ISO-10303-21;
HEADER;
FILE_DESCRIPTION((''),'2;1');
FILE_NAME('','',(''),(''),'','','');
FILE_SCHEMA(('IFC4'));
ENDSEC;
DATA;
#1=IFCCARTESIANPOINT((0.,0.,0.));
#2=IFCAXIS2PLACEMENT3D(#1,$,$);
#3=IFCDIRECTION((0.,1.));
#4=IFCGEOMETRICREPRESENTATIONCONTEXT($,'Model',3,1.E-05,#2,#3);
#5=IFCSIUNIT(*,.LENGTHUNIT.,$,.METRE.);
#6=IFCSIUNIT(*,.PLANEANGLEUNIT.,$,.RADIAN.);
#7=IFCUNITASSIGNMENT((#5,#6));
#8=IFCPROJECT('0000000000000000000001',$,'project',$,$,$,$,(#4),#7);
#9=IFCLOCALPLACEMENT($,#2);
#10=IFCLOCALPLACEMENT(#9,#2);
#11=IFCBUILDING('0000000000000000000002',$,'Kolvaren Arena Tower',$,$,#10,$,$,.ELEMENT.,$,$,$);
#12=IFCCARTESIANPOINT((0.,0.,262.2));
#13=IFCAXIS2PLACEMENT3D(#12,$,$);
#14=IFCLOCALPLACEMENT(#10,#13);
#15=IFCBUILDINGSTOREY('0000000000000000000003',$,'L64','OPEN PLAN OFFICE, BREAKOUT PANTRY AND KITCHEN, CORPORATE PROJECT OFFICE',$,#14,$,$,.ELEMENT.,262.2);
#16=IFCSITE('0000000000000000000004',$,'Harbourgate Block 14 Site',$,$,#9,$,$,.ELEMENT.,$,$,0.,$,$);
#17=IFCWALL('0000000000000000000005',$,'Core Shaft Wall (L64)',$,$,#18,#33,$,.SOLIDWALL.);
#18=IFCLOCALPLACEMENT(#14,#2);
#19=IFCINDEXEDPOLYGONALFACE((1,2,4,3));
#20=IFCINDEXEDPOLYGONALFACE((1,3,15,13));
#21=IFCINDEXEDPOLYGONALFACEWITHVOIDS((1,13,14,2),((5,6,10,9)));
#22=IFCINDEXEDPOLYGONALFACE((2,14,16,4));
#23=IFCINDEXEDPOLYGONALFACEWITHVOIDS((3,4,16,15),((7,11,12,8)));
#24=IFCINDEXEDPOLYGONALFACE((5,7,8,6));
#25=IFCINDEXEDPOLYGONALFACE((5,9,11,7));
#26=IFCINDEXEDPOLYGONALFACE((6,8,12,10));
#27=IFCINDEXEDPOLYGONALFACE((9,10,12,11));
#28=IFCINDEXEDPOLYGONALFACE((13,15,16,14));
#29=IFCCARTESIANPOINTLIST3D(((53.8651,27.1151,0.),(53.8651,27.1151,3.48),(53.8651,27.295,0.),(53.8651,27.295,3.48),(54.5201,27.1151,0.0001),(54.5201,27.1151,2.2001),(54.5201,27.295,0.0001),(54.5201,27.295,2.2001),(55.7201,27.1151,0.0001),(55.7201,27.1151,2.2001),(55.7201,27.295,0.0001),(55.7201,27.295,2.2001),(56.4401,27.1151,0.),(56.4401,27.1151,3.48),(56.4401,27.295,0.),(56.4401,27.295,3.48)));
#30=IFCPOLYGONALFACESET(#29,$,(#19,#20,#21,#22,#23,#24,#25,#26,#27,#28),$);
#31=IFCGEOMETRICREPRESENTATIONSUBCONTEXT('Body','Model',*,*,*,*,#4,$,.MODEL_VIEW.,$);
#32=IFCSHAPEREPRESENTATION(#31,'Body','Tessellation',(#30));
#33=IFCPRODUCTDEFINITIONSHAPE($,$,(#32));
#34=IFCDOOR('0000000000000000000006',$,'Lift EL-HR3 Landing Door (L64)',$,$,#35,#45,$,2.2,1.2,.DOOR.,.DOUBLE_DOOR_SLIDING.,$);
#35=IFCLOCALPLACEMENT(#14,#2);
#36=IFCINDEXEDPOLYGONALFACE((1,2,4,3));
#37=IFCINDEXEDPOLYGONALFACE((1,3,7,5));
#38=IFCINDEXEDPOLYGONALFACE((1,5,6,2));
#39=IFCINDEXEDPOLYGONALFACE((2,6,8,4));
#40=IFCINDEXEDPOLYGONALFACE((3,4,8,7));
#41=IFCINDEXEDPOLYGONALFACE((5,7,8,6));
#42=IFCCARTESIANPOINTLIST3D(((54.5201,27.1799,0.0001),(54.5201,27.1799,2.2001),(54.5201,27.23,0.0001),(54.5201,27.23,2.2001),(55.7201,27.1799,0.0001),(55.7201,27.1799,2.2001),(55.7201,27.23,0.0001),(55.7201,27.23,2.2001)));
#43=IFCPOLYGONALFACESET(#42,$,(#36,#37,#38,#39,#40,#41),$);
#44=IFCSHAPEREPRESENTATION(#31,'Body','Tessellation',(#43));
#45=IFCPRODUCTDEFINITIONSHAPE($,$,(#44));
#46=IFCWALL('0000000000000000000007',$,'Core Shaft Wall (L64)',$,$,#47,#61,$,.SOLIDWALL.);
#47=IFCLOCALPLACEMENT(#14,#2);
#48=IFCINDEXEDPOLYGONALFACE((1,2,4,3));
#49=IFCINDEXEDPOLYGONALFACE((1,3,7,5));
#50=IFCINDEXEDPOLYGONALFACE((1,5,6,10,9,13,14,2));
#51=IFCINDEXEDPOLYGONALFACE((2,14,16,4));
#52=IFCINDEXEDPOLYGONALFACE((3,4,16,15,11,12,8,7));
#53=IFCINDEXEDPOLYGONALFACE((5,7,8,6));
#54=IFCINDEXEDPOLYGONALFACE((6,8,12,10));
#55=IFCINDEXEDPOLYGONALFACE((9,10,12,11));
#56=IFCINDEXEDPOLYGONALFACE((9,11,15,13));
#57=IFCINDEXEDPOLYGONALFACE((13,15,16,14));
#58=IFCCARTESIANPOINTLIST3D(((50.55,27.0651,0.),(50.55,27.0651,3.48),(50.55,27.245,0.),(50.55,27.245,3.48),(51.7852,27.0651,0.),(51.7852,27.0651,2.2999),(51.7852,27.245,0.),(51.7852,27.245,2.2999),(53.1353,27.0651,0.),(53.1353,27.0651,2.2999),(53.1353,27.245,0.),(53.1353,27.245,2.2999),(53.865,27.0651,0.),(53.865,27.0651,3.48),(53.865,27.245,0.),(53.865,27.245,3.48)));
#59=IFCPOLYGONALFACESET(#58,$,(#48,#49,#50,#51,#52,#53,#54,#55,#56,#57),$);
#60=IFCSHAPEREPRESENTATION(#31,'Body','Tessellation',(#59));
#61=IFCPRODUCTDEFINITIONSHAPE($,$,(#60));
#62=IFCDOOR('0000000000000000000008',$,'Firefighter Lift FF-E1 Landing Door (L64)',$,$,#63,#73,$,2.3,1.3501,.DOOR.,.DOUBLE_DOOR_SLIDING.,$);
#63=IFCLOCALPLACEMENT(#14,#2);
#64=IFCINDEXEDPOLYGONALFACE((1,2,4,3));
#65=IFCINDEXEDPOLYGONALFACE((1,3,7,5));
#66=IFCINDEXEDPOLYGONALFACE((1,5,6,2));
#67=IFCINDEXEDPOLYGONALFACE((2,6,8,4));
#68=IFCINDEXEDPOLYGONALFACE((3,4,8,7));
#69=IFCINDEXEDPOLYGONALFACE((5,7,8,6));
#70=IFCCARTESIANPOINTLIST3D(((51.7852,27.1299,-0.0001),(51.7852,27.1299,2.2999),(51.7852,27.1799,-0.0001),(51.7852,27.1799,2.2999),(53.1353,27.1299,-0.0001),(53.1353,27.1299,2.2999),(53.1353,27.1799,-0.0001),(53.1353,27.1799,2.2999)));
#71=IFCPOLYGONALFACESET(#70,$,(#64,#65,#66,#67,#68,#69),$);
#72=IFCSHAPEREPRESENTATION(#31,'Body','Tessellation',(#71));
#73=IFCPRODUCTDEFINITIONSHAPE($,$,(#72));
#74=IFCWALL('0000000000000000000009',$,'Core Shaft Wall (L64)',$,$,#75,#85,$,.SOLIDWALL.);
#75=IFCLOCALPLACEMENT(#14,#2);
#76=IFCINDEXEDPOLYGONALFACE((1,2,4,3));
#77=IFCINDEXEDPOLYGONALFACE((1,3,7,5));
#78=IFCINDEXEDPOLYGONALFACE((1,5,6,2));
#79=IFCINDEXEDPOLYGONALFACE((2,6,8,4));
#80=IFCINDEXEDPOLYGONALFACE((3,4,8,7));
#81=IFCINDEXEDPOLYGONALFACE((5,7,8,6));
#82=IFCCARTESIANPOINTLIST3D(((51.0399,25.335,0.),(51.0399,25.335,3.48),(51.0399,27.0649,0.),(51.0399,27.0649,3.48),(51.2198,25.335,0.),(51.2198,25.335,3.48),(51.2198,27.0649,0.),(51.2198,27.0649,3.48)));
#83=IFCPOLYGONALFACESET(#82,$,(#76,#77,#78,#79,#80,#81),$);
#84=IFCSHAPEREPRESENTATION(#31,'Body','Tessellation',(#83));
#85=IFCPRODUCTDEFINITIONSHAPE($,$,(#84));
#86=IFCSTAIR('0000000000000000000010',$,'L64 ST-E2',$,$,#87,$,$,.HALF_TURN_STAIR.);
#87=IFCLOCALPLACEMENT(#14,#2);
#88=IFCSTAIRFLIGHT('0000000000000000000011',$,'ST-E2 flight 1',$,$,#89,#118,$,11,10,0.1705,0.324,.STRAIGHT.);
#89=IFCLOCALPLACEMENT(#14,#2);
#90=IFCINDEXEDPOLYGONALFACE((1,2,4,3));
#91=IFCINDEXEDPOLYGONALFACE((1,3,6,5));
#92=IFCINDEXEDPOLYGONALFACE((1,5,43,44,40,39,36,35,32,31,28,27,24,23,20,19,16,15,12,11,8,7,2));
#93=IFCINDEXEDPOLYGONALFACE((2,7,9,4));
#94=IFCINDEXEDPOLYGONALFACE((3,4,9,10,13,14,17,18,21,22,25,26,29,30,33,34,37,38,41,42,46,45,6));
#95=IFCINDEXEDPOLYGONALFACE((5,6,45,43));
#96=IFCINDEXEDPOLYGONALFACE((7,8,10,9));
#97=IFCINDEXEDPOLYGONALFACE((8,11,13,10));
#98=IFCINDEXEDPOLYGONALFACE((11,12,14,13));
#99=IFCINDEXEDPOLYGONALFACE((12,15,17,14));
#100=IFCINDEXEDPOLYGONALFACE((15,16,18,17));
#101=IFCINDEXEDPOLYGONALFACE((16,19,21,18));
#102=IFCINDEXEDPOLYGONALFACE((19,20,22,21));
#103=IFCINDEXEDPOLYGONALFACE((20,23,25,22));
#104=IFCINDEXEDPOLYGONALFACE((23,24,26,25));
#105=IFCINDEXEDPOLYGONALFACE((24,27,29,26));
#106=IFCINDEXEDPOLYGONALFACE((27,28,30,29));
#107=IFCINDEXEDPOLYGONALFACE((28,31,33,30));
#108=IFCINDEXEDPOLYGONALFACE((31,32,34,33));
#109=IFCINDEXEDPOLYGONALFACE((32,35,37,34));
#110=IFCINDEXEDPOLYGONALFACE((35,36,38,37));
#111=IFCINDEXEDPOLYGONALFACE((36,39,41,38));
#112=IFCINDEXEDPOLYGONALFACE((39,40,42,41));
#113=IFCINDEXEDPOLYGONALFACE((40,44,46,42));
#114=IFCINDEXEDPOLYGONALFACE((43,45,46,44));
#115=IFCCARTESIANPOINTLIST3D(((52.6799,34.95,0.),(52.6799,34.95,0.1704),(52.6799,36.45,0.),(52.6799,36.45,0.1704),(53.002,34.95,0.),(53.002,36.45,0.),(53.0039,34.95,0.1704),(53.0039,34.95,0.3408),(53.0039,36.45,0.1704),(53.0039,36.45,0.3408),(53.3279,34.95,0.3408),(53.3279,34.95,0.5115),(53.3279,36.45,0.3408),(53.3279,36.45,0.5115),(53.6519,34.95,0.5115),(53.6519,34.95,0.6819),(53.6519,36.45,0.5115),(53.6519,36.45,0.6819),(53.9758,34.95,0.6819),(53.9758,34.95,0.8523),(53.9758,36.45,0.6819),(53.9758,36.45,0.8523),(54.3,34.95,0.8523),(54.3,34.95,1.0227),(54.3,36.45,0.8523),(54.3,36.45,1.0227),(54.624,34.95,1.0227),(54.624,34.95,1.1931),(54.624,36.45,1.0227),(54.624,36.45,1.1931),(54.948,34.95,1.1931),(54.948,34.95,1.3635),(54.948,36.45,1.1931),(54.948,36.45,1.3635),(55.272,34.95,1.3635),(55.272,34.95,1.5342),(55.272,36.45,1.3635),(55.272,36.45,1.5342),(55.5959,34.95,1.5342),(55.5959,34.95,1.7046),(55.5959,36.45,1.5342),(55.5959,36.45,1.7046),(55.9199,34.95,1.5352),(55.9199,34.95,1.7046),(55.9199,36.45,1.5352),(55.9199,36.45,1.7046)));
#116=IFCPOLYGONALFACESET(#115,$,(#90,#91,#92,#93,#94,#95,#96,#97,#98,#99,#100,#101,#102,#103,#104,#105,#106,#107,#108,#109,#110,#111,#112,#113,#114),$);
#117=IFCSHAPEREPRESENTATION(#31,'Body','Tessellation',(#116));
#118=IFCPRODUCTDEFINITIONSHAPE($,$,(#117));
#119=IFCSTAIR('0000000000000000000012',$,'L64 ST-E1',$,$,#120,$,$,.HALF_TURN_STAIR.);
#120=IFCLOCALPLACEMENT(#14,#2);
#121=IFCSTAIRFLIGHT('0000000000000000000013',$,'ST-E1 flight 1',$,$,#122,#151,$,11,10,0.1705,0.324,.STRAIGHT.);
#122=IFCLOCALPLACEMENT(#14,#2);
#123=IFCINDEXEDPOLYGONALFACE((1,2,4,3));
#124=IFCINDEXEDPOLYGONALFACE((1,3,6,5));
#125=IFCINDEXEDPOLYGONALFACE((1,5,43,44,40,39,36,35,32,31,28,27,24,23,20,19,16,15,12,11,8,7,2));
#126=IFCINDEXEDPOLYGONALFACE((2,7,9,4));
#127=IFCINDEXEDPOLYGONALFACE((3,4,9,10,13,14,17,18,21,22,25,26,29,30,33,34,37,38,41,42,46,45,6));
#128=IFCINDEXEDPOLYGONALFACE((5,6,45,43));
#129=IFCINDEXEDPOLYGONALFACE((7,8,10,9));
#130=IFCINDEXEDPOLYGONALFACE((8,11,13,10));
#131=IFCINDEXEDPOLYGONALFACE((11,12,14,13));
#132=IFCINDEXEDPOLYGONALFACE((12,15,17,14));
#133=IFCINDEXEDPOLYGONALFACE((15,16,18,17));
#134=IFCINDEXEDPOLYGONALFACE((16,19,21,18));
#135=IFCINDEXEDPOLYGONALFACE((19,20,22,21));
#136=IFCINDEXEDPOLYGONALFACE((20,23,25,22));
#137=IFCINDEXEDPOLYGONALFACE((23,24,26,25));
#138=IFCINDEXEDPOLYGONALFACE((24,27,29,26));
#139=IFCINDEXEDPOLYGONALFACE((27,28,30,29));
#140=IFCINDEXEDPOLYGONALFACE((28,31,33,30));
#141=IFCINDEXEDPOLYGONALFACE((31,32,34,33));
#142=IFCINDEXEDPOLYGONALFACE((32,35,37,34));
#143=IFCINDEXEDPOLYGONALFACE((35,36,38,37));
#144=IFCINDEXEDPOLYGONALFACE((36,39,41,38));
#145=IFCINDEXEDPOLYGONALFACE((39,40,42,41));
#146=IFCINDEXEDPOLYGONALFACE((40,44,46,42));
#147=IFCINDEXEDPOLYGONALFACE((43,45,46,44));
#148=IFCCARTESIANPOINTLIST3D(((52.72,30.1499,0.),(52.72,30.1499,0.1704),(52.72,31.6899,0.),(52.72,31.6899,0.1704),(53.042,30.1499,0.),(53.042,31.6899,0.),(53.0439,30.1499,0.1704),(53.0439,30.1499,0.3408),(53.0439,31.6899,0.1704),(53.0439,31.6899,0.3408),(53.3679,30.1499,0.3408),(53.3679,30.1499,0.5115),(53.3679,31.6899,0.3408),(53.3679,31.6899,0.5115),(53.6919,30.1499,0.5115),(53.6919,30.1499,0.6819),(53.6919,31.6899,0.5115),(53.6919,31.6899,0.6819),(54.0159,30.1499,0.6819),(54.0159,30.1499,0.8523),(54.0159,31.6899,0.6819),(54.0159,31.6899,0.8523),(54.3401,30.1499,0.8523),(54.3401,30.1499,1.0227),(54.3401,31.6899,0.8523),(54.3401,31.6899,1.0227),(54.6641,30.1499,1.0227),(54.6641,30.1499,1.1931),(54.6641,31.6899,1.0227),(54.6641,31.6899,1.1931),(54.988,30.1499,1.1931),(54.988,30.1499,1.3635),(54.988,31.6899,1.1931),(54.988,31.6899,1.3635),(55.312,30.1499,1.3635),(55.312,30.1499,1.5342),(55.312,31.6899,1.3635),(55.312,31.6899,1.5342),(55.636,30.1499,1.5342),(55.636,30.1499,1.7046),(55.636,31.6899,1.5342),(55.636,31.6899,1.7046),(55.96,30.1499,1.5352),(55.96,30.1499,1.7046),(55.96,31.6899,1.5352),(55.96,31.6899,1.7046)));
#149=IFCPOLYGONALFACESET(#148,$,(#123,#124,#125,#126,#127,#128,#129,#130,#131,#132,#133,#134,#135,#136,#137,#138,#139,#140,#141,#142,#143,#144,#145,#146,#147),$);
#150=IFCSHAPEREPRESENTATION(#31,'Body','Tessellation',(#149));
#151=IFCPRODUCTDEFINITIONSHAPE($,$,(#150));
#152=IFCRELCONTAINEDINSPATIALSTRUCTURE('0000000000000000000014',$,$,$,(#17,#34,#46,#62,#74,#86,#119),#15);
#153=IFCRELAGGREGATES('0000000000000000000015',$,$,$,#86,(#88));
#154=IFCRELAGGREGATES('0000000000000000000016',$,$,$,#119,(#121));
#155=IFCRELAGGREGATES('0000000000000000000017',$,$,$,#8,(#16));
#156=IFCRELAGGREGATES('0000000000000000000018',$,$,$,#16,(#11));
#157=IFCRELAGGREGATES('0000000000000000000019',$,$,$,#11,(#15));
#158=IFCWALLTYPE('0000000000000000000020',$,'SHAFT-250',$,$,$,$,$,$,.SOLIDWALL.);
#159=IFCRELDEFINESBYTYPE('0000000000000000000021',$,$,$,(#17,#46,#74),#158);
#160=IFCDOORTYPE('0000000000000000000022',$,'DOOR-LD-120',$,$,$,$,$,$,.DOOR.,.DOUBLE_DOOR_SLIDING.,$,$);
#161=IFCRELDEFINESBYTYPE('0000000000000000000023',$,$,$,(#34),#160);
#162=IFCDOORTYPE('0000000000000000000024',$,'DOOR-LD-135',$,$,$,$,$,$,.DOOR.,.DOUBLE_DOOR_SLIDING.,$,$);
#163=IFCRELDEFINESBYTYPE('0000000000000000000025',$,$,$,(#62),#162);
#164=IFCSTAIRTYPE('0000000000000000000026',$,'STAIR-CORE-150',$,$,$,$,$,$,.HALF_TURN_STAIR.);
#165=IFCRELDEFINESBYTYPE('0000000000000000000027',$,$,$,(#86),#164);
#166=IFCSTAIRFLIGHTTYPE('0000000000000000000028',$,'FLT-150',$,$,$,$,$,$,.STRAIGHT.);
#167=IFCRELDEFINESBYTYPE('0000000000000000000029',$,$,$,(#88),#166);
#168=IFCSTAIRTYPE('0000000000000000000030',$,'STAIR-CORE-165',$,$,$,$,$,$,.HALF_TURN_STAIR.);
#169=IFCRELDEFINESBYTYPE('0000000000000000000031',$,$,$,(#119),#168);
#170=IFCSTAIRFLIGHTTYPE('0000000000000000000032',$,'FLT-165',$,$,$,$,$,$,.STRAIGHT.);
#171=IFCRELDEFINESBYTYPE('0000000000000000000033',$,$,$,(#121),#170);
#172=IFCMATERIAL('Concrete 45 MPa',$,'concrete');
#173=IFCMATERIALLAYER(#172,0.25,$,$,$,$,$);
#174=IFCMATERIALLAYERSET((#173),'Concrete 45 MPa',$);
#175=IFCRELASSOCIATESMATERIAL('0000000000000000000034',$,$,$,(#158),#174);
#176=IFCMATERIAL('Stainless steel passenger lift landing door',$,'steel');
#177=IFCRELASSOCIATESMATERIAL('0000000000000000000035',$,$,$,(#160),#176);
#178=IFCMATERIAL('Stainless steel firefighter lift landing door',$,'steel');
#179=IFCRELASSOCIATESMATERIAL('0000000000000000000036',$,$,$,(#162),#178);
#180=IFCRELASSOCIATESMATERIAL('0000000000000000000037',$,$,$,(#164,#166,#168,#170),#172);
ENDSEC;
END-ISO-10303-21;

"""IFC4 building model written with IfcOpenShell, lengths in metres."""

from ifc_helpers import new_model, si_unit, direction, frame, frame_2d, origin, place, context, subcontext, project, spatial, polyline, rectangle, outline, extrude, material, layer, layer_set, type_object, element, fill, aggregate, save


model = new_model("IFC4")

# Units and contexts
model_context = context("Model", 3, precision=1e-05, world=origin(), true_north=direction((0.0, 1.0)))
body_context = subcontext(model_context, "Body", "Model", "MODEL_VIEW")
ifc_project = project(units=[si_unit("LENGTHUNIT", "METRE"), si_unit("PLANEANGLEUNIT", "RADIAN")], contexts=[model_context])

# Site, building, storey
site_placement = place(None, origin())
site = spatial("IfcSite", under=ifc_project, at=site_placement, Name="Harbourgate Block 14 Site", CompositionType="ELEMENT", RefElevation=0.0)
building_placement = place(site_placement, origin())
building = spatial("IfcBuilding", under=site, at=building_placement, Name="Kolvaren Arena Tower", CompositionType="ELEMENT")
storey_placement = place(building_placement, frame((0.0, 0.0, 262.2)))
storey = spatial("IfcBuildingStorey", under=building, at=storey_placement, Name="L64", Description="OPEN PLAN OFFICE, BREAKOUT PANTRY AND KITCHEN, CORPORATE PROJECT OFFICE", CompositionType="ELEMENT", Elevation=262.2)

# Shared definitions
ifc_material_1 = material(Name="Concrete 45 MPa", Category="concrete")
ifc_layer = layer(ifc_material_1, 0.25)
ifc_layer_set = layer_set([ifc_layer], Name="Concrete 45 MPa")
wall_type = type_object("IfcWallType", Name="SHAFT-250", PredefinedType="SOLIDWALL", material=ifc_layer_set)

# Walls, openings, doors
wall_1_placement = place(storey_placement, frame((53.865, 27.2051, 0.0), z_axis=(0.0, 0.0, 1.0), x_axis=(1.0, 0.0, 0.0)))
wall_1 = element("IfcWall", 1, at=wall_1_placement, inside=storey, type_object=wall_type, Name="Core Shaft Wall (L64)", PredefinedType="SOLIDWALL", context=body_context, shape_type="SweptSolid", body=[
    extrude(rectangle(XDim=2.575, YDim=0.1799, at=frame_2d((1.2876, 0.0))), origin(), (0.0, 0.0, 1.0), 3.48),
])
opening_1_placement = place(wall_1_placement, frame((0.655, 0.0, 0.0)))
opening_1 = element("IfcOpeningElement", 2, at=opening_1_placement, cuts=wall_1, PredefinedType="OPENING", context=body_context, shape_type="SweptSolid", body=[
    extrude(rectangle(XDim=1.2, YDim=2.2, at=frame_2d((0.6001, 1.1001))), frame((0.0, 0.0999, 0.0), z_axis=(0.0, -1.0, 0.0), x_axis=(1.0, 0.0, 0.0)), (0.0, 0.0, 1.0), 0.2),
])
ifc_material_2 = material(Name="Stainless steel passenger lift landing door", Category="steel")
door_type_1 = type_object("IfcDoorType", Name="DOOR-LD-120", OperationType="DOUBLE_DOOR_SLIDING", PredefinedType="DOOR", material=ifc_material_2)
door_1_placement = place(opening_1_placement, origin())
door_1 = element("IfcDoor", 3, at=door_1_placement, inside=storey, type_object=door_type_1, Name="Lift EL-HR3 Landing Door (L64)", OperationType="DOUBLE_DOOR_SLIDING", OverallHeight=2.2, OverallWidth=1.2, PredefinedType="DOOR", context=body_context, shape_type="SweptSolid", body=[
    extrude(rectangle(XDim=1.2, YDim=2.2, at=frame_2d((0.6001, 1.1001))), frame((0.0, 0.0249, 0.0), z_axis=(0.0, -1.0, 0.0), x_axis=(1.0, 0.0, 0.0)), (0.0, 0.0, 1.0), 0.05),
])
fill(opening_1, door_1)
wall_2_placement = place(storey_placement, frame((50.55, 27.155, 0.0), z_axis=(0.0, 0.0, 1.0), x_axis=(1.0, 0.0, 0.0)))
wall_2 = element("IfcWall", 4, at=wall_2_placement, inside=storey, type_object=wall_type, Name="Core Shaft Wall (L64)", PredefinedType="SOLIDWALL", context=body_context, shape_type="SweptSolid", body=[
    extrude(rectangle(XDim=3.3149, YDim=0.1799, at=frame_2d((1.6575, 0.0))), origin(), (0.0, 0.0, 1.0), 3.48),
])
opening_2_placement = place(wall_2_placement, frame((1.2351, 0.0, 0.0)))
opening_2 = element("IfcOpeningElement", 5, at=opening_2_placement, cuts=wall_2, PredefinedType="OPENING", context=body_context, shape_type="SweptSolid", body=[
    extrude(rectangle(XDim=1.3501, YDim=2.3, at=frame_2d((0.675, 1.1499))), frame((0.0, 0.0999, 0.0), z_axis=(0.0, -1.0, 0.0), x_axis=(1.0, 0.0, 0.0)), (0.0, 0.0, 1.0), 0.2),
])
ifc_material_3 = material(Name="Stainless steel firefighter lift landing door", Category="steel")
door_type_2 = type_object("IfcDoorType", Name="DOOR-LD-135", OperationType="DOUBLE_DOOR_SLIDING", PredefinedType="DOOR", material=ifc_material_3)
door_2_placement = place(opening_2_placement, origin())
door_2 = element("IfcDoor", 6, at=door_2_placement, inside=storey, type_object=door_type_2, Name="Firefighter Lift FF-E1 Landing Door (L64)", OperationType="DOUBLE_DOOR_SLIDING", OverallHeight=2.3, OverallWidth=1.3501, PredefinedType="DOOR", context=body_context, shape_type="SweptSolid", body=[
    extrude(rectangle(XDim=1.3501, YDim=2.3, at=frame_2d((0.675, 1.1499))), frame((0.0, 0.0249, 0.0), z_axis=(0.0, -1.0, 0.0), x_axis=(1.0, 0.0, 0.0)), (0.0, 0.0, 1.0), 0.05),
])
fill(opening_2, door_2)

# Wall
wall_3_placement = place(storey_placement, frame((51.1299, 25.335, 0.0), z_axis=(0.0, 0.0, 1.0), x_axis=(0.0, 1.0, 0.0)))
element("IfcWall", 7, at=wall_3_placement, inside=storey, type_object=wall_type, Name="Core Shaft Wall (L64)", PredefinedType="SOLIDWALL", context=body_context, shape_type="SweptSolid", body=[
    extrude(rectangle(XDim=1.73, YDim=0.1799, at=frame_2d((0.865, 0.0))), origin(), (0.0, 0.0, 1.0), 3.48),
])

# Stairs, stair flights
stair_type_1 = type_object("IfcStairType", Name="STAIR-CORE-150", PredefinedType="HALF_TURN_STAIR", material=ifc_material_1)
stair_1_placement = place(storey_placement, origin())
stair_1 = element("IfcStair", 8, at=stair_1_placement, inside=storey, type_object=stair_type_1, Name="L64 ST-E2", PredefinedType="HALF_TURN_STAIR")
stair_flight_type_1 = type_object("IfcStairFlightType", Name="FLT-150", PredefinedType="STRAIGHT", material=ifc_material_1)
stair_flight_1_placement = place(storey_placement, frame((52.6799, 35.7, 0.0), z_axis=(0.0, 0.0, 1.0), x_axis=(1.0, 0.0, 0.0)))
stair_flight_1 = element("IfcStairFlight", 9, at=stair_flight_1_placement, type_object=stair_flight_type_1, Name="ST-E2 flight 1", NumberOfRisers=11, NumberOfTreads=10, PredefinedType="STRAIGHT", RiserHeight=0.1705, TreadLength=0.324, context=body_context, shape_type="SweptSolid", body=[
    extrude(outline(polyline([(0.0, 0.0), (0.0, 0.1704), (0.324, 0.1704), (0.324, 0.3408), (0.6479, 0.3408), (0.6479, 0.5115), (0.9719, 0.5115), (0.9719, 0.6819), (1.2959, 0.6819), (1.2959, 0.8523), (1.6201, 0.8523), (1.6201, 1.0227), (1.9441, 1.0227), (1.9441, 1.1931), (2.2681, 1.1931), (2.2681, 1.3635), (2.592, 1.3635), (2.592, 1.5342), (2.916, 1.5342), (2.916, 1.7046), (3.24, 1.7046), (3.24, 1.875), (3.24, 1.5352), (0.322, 0.0), (0.0, 0.0)])), frame((0.0, 0.75, 0.0), z_axis=(0.0, -1.0, 0.0), x_axis=(1.0, 0.0, 0.0)), (0.0, 0.0, 1.0), 1.5),
])
aggregate(stair_1, [stair_flight_1])
stair_type_2 = type_object("IfcStairType", Name="STAIR-CORE-165", PredefinedType="HALF_TURN_STAIR", material=ifc_material_1)
stair_2_placement = place(storey_placement, origin())
stair_2 = element("IfcStair", 10, at=stair_2_placement, inside=storey, type_object=stair_type_2, Name="L64 ST-E1", PredefinedType="HALF_TURN_STAIR")
stair_flight_type_2 = type_object("IfcStairFlightType", Name="FLT-165", PredefinedType="STRAIGHT", material=ifc_material_1)
stair_flight_2_placement = place(storey_placement, frame((52.72, 30.9199, 0.0), z_axis=(0.0, 0.0, 1.0), x_axis=(1.0, 0.0, 0.0)))
stair_flight_2 = element("IfcStairFlight", 11, at=stair_flight_2_placement, type_object=stair_flight_type_2, Name="ST-E1 flight 1", NumberOfRisers=11, NumberOfTreads=10, PredefinedType="STRAIGHT", RiserHeight=0.1705, TreadLength=0.324, context=body_context, shape_type="SweptSolid", body=[
    extrude(outline(polyline([(0.0, 0.0), (0.0, 0.1704), (0.324, 0.1704), (0.324, 0.3408), (0.6479, 0.3408), (0.6479, 0.5115), (0.9719, 0.5115), (0.9719, 0.6819), (1.2959, 0.6819), (1.2959, 0.8523), (1.6201, 0.8523), (1.6201, 1.0227), (1.9441, 1.0227), (1.9441, 1.1931), (2.2681, 1.1931), (2.2681, 1.3635), (2.592, 1.3635), (2.592, 1.5342), (2.916, 1.5342), (2.916, 1.7046), (3.24, 1.7046), (3.24, 1.875), (3.24, 1.5352), (0.322, 0.0), (0.0, 0.0)])), frame((0.0, 0.77, 0.0), z_axis=(0.0, -1.0, 0.0), x_axis=(1.0, 0.0, 0.0)), (0.0, 0.0, 1.0), 1.54),
])
aggregate(stair_2, [stair_flight_2])

save(model, "model.ifc")
